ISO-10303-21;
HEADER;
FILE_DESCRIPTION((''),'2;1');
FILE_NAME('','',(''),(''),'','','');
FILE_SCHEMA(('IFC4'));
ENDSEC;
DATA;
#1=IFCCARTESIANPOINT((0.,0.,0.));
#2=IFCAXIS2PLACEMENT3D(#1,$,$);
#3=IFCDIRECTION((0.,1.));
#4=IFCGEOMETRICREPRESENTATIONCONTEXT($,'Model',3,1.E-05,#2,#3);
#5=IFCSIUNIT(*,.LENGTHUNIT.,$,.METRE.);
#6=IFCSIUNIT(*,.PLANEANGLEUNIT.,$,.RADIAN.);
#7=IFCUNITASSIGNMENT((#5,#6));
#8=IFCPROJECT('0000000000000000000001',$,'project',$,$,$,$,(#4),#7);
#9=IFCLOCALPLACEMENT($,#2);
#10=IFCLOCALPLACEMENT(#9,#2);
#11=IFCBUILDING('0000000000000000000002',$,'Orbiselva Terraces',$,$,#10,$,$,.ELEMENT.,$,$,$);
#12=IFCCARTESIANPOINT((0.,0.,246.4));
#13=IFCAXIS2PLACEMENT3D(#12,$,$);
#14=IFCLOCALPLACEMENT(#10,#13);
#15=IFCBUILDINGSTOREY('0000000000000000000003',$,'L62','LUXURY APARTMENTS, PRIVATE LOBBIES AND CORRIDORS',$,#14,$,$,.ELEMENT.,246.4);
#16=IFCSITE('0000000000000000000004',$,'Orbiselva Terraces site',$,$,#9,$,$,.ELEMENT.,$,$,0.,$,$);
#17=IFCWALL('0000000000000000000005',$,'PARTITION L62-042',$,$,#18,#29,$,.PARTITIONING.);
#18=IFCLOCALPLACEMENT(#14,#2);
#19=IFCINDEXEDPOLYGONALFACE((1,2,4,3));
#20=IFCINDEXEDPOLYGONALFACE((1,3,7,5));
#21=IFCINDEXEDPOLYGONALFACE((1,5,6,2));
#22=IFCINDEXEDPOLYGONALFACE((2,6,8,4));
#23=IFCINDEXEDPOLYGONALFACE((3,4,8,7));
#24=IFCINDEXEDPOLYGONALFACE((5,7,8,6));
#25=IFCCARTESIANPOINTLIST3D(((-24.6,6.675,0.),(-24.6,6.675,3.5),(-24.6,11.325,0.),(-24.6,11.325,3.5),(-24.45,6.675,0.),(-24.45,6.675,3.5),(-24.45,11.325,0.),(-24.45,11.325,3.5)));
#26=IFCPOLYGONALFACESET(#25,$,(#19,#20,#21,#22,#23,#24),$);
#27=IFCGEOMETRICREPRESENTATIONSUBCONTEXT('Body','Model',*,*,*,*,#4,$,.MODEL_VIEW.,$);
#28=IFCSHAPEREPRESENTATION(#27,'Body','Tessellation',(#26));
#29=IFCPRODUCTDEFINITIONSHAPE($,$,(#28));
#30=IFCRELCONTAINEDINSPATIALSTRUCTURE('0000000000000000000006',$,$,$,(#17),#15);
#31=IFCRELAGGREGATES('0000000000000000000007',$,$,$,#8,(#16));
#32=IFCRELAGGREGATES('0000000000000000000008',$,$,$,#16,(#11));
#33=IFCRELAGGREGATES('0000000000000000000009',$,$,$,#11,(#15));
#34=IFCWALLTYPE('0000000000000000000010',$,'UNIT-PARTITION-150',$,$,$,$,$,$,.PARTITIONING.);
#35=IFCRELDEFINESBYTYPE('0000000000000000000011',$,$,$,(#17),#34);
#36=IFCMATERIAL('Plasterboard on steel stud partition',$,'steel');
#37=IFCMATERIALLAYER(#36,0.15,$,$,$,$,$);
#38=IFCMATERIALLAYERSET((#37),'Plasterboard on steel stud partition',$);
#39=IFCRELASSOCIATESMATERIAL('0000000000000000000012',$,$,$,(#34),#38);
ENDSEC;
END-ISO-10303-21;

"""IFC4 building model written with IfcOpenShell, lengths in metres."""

from ifc_helpers import new_model, si_unit, direction, frame, frame_2d, origin, place, context, subcontext, project, spatial, rectangle, extrude, material, layer, layer_set, type_object, element, save


model = new_model("IFC4")

# Units and contexts
model_context = context("Model", 3, precision=1e-05, world=origin(), true_north=direction((0.0, 1.0)))
body_context = subcontext(model_context, "Body", "Model", "MODEL_VIEW")
ifc_project = project(units=[si_unit("LENGTHUNIT", "METRE"), si_unit("PLANEANGLEUNIT", "RADIAN")], contexts=[model_context])

# Site, building, storey
site_placement = place(None, origin())
site = spatial("IfcSite", under=ifc_project, at=site_placement, Name="Orbiselva Terraces site", CompositionType="ELEMENT", RefElevation=0.0)
building_placement = place(site_placement, origin())
building = spatial("IfcBuilding", under=site, at=building_placement, Name="Orbiselva Terraces", CompositionType="ELEMENT")
storey_placement = place(building_placement, frame((0.0, 0.0, 246.4)))
storey = spatial("IfcBuildingStorey", under=building, at=storey_placement, Name="L62", Description="LUXURY APARTMENTS, PRIVATE LOBBIES AND CORRIDORS", CompositionType="ELEMENT", Elevation=246.4)

# Shared definitions
ifc_material_1 = material(Name="Plasterboard on steel stud partition", Category="steel")
ifc_layer_1 = layer(ifc_material_1, 0.15)
ifc_layer_set_1 = layer_set([ifc_layer_1], Name="Plasterboard on steel stud partition")
wall_type_1 = type_object("IfcWallType", Name="UNIT-PARTITION-150", PredefinedType="PARTITIONING", material=ifc_layer_set_1)

# Wall
wall_1_placement = place(storey_placement, frame((-24.525, 6.675, 0.0), z_axis=(0.0, 0.0, 1.0), x_axis=(0.0, 1.0, 0.0)))
element("IfcWall", 1, at=wall_1_placement, inside=storey, type_object=wall_type_1, Name="PARTITION L62-042", PredefinedType="PARTITIONING", context=body_context, shape_type="SweptSolid", body=[
    extrude(rectangle(XDim=4.65, YDim=0.15, at=frame_2d((2.325, 0.0))), origin(), (0.0, 0.0, 1.0), 3.5),
])

save(model, "model.ifc")
